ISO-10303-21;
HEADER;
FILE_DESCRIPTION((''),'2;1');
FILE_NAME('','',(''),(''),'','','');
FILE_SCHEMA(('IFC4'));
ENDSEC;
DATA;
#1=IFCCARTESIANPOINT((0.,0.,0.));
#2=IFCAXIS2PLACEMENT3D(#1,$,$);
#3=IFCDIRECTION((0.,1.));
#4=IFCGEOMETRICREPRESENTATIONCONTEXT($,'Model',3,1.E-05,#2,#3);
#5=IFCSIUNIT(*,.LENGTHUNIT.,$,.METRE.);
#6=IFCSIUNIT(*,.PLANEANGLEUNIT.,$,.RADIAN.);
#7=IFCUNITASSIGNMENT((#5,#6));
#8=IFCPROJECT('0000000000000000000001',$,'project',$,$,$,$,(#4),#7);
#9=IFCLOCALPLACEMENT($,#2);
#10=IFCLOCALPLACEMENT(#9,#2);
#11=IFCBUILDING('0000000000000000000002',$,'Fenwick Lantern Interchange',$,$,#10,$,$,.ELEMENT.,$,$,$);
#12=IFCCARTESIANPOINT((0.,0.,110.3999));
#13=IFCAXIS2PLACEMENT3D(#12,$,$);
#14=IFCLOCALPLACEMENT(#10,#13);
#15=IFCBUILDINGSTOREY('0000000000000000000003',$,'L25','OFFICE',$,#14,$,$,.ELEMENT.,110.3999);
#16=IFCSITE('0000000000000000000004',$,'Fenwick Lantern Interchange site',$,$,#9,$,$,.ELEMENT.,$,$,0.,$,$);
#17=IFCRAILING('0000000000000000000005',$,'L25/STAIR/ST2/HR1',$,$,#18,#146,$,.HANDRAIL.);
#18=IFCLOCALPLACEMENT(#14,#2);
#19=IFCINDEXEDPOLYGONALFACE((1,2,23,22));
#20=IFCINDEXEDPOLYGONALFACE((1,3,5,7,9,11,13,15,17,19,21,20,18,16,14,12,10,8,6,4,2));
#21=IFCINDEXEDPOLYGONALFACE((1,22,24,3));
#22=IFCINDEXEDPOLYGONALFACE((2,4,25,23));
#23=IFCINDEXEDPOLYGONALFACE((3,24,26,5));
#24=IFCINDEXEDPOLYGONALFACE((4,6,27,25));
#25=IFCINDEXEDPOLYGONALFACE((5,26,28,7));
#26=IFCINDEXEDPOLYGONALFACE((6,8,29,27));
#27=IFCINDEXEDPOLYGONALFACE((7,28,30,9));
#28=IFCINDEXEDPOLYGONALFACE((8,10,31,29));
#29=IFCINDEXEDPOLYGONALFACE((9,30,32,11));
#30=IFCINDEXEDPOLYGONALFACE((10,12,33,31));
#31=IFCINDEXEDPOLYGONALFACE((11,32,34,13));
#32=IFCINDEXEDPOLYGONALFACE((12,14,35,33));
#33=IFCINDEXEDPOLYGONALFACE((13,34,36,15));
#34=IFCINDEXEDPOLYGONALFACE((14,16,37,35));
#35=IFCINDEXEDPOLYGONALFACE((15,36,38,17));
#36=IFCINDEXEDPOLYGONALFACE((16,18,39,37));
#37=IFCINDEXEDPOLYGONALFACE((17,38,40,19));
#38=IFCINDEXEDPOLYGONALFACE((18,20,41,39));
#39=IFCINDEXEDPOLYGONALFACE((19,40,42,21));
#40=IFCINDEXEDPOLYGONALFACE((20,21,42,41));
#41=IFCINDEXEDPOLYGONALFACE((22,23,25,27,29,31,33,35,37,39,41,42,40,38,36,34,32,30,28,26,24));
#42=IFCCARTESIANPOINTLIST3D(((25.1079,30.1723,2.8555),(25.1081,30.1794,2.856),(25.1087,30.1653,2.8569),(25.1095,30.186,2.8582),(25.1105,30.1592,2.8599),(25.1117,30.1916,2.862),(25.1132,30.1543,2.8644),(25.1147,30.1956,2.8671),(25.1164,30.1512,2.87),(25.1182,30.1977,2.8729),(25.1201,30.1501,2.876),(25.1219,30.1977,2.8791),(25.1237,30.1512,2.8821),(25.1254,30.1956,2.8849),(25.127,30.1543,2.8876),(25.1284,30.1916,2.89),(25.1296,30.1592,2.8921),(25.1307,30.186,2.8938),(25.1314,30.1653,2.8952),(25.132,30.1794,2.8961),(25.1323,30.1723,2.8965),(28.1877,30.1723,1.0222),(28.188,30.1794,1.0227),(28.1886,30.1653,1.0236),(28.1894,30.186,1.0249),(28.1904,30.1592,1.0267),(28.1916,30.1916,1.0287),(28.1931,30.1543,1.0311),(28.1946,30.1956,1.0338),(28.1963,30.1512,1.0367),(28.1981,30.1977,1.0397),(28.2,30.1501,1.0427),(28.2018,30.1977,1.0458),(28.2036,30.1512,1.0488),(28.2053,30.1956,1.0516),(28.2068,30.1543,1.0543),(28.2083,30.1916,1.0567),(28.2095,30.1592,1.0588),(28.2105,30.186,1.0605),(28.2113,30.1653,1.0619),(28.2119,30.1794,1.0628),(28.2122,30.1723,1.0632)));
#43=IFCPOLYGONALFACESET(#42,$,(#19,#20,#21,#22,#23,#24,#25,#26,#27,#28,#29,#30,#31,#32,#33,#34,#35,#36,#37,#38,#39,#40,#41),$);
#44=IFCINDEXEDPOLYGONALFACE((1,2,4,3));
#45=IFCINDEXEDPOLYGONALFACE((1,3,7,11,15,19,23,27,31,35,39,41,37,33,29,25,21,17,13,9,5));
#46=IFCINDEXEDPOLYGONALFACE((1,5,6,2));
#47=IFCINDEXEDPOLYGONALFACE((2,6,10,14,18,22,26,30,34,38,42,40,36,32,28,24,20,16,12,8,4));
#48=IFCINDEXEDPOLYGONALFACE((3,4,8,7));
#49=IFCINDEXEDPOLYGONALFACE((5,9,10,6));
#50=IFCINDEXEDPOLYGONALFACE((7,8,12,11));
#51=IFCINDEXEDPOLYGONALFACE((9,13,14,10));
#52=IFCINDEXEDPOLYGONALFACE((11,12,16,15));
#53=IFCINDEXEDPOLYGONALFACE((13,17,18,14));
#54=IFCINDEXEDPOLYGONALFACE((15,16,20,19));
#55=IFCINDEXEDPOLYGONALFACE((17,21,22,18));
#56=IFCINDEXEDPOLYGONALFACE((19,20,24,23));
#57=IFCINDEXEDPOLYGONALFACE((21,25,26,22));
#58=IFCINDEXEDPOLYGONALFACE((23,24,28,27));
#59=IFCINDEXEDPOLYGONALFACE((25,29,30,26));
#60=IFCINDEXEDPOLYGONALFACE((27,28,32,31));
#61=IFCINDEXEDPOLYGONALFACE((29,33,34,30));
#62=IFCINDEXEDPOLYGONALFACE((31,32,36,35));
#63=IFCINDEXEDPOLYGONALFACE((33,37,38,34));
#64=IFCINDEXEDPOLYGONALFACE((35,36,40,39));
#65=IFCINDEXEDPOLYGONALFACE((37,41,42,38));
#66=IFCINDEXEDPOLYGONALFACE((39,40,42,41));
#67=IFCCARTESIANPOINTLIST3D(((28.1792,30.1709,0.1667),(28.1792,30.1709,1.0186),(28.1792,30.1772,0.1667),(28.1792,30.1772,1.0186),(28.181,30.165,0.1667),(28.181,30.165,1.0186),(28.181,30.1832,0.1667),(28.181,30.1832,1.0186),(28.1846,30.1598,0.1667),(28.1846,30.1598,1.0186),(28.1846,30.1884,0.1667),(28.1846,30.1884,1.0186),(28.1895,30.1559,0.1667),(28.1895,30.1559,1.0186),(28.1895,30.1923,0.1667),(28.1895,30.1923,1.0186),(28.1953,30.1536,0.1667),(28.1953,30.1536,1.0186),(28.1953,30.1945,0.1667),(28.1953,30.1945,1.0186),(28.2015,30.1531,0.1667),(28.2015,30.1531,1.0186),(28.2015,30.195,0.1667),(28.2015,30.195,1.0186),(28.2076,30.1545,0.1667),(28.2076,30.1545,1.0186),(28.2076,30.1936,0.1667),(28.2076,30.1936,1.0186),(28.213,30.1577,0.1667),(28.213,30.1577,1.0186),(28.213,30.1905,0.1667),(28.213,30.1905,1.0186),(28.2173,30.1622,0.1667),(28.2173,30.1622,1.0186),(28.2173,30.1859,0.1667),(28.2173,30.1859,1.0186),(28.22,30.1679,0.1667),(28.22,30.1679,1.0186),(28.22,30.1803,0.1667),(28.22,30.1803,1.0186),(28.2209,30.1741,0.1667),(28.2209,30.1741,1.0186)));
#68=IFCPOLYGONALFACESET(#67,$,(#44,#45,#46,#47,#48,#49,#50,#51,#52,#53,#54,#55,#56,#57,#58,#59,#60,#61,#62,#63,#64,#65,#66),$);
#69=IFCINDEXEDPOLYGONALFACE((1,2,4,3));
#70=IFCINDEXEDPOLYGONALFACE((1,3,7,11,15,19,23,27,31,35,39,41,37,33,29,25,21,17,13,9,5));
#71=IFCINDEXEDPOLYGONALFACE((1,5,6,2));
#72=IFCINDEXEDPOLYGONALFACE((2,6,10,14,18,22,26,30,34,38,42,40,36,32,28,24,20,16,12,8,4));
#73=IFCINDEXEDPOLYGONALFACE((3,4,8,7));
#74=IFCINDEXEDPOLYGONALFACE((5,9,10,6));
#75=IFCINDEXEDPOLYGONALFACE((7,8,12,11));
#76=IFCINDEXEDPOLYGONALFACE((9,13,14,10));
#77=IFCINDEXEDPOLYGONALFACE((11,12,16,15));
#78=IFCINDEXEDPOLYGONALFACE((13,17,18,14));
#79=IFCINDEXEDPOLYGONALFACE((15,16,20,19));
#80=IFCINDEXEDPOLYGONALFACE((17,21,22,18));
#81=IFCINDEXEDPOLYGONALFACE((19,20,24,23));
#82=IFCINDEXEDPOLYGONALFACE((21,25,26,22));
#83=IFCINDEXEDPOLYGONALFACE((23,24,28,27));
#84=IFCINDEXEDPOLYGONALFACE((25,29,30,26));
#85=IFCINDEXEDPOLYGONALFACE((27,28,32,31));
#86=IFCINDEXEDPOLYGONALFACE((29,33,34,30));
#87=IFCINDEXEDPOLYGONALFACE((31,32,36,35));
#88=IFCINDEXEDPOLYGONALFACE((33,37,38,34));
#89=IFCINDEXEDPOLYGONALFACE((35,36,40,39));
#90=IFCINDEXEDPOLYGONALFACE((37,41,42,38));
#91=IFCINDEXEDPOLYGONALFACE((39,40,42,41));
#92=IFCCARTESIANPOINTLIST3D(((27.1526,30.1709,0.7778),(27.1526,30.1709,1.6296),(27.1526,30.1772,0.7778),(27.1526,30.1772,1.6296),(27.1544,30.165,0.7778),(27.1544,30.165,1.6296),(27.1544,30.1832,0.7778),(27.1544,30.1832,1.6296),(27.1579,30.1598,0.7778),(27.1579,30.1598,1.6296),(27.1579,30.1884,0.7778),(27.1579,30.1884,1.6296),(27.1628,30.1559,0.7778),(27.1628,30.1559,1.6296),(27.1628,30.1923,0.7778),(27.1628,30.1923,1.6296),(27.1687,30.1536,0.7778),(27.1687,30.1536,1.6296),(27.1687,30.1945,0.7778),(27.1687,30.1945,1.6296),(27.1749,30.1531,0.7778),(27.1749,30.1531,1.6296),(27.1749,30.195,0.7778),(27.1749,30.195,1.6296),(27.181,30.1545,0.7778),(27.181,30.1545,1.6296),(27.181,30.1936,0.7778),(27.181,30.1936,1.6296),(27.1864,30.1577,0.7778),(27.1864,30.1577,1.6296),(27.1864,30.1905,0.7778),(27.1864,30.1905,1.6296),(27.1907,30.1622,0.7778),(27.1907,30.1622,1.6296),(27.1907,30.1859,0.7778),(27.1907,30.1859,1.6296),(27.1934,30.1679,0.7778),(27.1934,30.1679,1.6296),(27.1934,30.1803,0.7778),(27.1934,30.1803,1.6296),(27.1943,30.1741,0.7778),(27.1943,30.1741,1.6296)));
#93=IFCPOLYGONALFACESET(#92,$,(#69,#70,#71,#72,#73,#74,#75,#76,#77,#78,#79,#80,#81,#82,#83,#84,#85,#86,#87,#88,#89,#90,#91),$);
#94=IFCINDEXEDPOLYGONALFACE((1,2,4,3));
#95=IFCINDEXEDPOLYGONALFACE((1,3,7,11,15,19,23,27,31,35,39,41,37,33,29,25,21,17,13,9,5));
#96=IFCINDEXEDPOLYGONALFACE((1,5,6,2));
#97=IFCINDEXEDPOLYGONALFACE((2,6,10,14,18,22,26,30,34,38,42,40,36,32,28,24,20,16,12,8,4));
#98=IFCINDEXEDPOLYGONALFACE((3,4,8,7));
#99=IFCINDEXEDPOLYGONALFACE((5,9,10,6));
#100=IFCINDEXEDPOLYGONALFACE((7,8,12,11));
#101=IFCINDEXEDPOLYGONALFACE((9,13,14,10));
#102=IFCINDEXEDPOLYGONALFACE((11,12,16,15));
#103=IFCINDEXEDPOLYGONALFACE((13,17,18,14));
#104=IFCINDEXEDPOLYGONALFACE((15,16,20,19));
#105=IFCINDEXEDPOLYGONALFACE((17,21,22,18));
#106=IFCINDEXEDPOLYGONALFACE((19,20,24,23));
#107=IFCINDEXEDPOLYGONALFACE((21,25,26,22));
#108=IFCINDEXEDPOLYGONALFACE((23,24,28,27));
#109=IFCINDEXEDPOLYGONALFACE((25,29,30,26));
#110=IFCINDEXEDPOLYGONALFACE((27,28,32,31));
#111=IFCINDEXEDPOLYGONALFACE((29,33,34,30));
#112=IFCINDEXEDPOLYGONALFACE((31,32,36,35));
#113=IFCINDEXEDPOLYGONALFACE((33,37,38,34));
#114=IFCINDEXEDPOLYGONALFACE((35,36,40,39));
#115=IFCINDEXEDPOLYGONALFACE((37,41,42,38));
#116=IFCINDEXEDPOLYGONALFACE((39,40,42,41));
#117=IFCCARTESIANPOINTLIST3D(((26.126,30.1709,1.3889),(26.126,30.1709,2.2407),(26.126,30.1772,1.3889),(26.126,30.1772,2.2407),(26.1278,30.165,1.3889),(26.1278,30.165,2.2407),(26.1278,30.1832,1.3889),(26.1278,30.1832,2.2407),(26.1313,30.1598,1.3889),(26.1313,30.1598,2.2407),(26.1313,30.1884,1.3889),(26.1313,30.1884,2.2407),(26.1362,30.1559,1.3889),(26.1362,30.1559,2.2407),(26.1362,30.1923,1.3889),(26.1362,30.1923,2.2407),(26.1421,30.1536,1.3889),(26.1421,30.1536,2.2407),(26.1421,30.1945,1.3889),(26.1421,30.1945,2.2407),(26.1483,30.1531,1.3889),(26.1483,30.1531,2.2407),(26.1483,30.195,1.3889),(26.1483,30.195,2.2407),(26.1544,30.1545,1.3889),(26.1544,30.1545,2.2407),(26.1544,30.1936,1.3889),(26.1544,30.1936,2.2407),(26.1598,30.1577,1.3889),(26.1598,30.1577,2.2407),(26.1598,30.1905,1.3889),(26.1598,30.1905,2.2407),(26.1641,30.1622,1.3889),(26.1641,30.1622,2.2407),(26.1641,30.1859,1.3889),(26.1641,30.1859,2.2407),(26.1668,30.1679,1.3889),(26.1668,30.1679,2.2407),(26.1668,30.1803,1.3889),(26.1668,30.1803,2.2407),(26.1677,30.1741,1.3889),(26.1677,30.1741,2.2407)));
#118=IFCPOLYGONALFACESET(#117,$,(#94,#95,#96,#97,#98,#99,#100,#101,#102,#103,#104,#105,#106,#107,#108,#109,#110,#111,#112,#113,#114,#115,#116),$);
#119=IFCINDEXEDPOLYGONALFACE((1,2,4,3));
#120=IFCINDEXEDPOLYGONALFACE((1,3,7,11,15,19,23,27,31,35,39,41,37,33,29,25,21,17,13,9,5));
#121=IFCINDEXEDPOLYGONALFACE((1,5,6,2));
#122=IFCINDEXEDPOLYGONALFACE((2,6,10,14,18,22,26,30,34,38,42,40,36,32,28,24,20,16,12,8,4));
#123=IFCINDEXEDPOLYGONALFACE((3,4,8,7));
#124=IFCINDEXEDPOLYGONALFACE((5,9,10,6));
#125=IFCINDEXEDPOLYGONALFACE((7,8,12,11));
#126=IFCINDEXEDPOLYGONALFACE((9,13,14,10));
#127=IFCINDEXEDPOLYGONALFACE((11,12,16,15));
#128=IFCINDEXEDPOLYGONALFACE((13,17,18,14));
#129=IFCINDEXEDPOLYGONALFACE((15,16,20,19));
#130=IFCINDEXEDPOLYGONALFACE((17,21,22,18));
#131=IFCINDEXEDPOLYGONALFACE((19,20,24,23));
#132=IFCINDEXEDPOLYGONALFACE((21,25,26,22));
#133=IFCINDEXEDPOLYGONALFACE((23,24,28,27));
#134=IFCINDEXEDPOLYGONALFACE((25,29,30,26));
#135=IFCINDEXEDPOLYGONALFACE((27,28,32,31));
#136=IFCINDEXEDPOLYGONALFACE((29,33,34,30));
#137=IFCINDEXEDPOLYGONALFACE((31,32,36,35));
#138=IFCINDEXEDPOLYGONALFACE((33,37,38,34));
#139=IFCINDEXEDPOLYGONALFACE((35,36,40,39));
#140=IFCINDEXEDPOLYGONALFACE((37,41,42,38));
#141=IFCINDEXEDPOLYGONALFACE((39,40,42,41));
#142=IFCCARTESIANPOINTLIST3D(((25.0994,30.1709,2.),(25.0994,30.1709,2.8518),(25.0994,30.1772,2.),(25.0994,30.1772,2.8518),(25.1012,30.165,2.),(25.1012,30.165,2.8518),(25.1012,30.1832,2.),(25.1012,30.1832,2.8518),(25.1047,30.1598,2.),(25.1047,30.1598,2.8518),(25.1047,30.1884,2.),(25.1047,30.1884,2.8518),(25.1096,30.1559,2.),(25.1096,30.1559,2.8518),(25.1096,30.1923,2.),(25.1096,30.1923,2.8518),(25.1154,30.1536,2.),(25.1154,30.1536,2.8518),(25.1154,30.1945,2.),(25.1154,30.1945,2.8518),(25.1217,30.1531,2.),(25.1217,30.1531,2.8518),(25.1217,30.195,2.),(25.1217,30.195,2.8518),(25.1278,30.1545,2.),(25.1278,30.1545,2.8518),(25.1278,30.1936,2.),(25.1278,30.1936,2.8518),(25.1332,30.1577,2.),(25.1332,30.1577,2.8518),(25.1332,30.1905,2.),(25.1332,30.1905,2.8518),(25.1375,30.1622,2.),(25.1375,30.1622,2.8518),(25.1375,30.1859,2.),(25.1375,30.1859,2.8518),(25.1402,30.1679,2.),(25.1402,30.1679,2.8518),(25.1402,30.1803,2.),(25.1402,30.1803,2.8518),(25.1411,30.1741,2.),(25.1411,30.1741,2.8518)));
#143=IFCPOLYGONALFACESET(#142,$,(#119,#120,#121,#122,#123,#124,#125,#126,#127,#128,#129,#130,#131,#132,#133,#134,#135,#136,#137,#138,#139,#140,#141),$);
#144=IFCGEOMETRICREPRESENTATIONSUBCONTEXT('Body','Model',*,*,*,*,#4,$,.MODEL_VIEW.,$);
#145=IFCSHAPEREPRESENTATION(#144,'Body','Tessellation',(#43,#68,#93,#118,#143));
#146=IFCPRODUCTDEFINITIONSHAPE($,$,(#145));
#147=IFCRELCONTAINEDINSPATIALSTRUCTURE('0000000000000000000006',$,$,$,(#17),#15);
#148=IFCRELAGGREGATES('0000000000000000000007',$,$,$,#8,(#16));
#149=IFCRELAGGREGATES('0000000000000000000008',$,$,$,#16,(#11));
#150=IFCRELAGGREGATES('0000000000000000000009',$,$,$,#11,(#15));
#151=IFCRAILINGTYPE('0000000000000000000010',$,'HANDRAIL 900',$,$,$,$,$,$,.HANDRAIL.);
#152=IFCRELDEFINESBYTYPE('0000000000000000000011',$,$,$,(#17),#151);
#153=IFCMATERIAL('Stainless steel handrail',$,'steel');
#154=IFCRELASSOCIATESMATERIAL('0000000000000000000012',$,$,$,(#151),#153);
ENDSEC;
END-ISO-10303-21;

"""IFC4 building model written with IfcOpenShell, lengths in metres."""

from ifc_helpers import new_model, si_unit, direction, frame, origin, origin_2d, place, context, subcontext, project, spatial, circle, extrude, material, type_object, element, save


model = new_model("IFC4")

# Units and contexts
model_context = context("Model", 3, precision=1e-05, world=origin(), true_north=direction((0.0, 1.0)))
body_context = subcontext(model_context, "Body", "Model", "MODEL_VIEW")
ifc_project = project(units=[si_unit("LENGTHUNIT", "METRE"), si_unit("PLANEANGLEUNIT", "RADIAN")], contexts=[model_context])

# Site, building, storey
site_placement = place(None, origin())
site = spatial("IfcSite", under=ifc_project, at=site_placement, Name="Fenwick Lantern Interchange site", CompositionType="ELEMENT", RefElevation=0.0)
building_placement = place(site_placement, origin())
building = spatial("IfcBuilding", under=site, at=building_placement, Name="Fenwick Lantern Interchange", CompositionType="ELEMENT")
storey_placement = place(building_placement, frame((0.0, 0.0, 110.3999)))
storey = spatial("IfcBuildingStorey", under=building, at=storey_placement, Name="L25", Description="OFFICE", CompositionType="ELEMENT", Elevation=110.3999)

# Railing
ifc_material_1 = material(Name="Stainless steel handrail", Category="steel")
railing_type = type_object("IfcRailingType", Name="HANDRAIL 900", PredefinedType="HANDRAIL", material=ifc_material_1)
railing_1_placement = place(storey_placement, frame((28.2, 30.1741, 0.1667)))
element("IfcRailing", 1, at=railing_1_placement, inside=storey, type_object=railing_type, Name="L25/STAIR/ST2/HR1", PredefinedType="HANDRAIL", context=body_context, shape_type="SweptSolid", body=[
    extrude(circle(Radius=0.0239, at=origin_2d()), frame((0.0, 0.0, 0.876), z_axis=(-0.859291, 0.0, 0.511487), x_axis=(0.0, -1.0, 0.0)), (0.0, 0.0, 1.0), 3.5842),
    extrude(circle(Radius=0.021, at=origin_2d()), origin(), (0.0, 0.0, 1.0), 0.8518),
    extrude(circle(Radius=0.021, at=origin_2d()), frame((-1.0266, 0.0, 0.6111)), (0.0, 0.0, 1.0), 0.8518),
    extrude(circle(Radius=0.021, at=origin_2d()), frame((-2.0532, 0.0, 1.2222)), (0.0, 0.0, 1.0), 0.8518),
    extrude(circle(Radius=0.021, at=origin_2d()), frame((-3.0798, 0.0, 1.8333)), (0.0, 0.0, 1.0), 0.8518),
])

save(model, "model.ifc")
